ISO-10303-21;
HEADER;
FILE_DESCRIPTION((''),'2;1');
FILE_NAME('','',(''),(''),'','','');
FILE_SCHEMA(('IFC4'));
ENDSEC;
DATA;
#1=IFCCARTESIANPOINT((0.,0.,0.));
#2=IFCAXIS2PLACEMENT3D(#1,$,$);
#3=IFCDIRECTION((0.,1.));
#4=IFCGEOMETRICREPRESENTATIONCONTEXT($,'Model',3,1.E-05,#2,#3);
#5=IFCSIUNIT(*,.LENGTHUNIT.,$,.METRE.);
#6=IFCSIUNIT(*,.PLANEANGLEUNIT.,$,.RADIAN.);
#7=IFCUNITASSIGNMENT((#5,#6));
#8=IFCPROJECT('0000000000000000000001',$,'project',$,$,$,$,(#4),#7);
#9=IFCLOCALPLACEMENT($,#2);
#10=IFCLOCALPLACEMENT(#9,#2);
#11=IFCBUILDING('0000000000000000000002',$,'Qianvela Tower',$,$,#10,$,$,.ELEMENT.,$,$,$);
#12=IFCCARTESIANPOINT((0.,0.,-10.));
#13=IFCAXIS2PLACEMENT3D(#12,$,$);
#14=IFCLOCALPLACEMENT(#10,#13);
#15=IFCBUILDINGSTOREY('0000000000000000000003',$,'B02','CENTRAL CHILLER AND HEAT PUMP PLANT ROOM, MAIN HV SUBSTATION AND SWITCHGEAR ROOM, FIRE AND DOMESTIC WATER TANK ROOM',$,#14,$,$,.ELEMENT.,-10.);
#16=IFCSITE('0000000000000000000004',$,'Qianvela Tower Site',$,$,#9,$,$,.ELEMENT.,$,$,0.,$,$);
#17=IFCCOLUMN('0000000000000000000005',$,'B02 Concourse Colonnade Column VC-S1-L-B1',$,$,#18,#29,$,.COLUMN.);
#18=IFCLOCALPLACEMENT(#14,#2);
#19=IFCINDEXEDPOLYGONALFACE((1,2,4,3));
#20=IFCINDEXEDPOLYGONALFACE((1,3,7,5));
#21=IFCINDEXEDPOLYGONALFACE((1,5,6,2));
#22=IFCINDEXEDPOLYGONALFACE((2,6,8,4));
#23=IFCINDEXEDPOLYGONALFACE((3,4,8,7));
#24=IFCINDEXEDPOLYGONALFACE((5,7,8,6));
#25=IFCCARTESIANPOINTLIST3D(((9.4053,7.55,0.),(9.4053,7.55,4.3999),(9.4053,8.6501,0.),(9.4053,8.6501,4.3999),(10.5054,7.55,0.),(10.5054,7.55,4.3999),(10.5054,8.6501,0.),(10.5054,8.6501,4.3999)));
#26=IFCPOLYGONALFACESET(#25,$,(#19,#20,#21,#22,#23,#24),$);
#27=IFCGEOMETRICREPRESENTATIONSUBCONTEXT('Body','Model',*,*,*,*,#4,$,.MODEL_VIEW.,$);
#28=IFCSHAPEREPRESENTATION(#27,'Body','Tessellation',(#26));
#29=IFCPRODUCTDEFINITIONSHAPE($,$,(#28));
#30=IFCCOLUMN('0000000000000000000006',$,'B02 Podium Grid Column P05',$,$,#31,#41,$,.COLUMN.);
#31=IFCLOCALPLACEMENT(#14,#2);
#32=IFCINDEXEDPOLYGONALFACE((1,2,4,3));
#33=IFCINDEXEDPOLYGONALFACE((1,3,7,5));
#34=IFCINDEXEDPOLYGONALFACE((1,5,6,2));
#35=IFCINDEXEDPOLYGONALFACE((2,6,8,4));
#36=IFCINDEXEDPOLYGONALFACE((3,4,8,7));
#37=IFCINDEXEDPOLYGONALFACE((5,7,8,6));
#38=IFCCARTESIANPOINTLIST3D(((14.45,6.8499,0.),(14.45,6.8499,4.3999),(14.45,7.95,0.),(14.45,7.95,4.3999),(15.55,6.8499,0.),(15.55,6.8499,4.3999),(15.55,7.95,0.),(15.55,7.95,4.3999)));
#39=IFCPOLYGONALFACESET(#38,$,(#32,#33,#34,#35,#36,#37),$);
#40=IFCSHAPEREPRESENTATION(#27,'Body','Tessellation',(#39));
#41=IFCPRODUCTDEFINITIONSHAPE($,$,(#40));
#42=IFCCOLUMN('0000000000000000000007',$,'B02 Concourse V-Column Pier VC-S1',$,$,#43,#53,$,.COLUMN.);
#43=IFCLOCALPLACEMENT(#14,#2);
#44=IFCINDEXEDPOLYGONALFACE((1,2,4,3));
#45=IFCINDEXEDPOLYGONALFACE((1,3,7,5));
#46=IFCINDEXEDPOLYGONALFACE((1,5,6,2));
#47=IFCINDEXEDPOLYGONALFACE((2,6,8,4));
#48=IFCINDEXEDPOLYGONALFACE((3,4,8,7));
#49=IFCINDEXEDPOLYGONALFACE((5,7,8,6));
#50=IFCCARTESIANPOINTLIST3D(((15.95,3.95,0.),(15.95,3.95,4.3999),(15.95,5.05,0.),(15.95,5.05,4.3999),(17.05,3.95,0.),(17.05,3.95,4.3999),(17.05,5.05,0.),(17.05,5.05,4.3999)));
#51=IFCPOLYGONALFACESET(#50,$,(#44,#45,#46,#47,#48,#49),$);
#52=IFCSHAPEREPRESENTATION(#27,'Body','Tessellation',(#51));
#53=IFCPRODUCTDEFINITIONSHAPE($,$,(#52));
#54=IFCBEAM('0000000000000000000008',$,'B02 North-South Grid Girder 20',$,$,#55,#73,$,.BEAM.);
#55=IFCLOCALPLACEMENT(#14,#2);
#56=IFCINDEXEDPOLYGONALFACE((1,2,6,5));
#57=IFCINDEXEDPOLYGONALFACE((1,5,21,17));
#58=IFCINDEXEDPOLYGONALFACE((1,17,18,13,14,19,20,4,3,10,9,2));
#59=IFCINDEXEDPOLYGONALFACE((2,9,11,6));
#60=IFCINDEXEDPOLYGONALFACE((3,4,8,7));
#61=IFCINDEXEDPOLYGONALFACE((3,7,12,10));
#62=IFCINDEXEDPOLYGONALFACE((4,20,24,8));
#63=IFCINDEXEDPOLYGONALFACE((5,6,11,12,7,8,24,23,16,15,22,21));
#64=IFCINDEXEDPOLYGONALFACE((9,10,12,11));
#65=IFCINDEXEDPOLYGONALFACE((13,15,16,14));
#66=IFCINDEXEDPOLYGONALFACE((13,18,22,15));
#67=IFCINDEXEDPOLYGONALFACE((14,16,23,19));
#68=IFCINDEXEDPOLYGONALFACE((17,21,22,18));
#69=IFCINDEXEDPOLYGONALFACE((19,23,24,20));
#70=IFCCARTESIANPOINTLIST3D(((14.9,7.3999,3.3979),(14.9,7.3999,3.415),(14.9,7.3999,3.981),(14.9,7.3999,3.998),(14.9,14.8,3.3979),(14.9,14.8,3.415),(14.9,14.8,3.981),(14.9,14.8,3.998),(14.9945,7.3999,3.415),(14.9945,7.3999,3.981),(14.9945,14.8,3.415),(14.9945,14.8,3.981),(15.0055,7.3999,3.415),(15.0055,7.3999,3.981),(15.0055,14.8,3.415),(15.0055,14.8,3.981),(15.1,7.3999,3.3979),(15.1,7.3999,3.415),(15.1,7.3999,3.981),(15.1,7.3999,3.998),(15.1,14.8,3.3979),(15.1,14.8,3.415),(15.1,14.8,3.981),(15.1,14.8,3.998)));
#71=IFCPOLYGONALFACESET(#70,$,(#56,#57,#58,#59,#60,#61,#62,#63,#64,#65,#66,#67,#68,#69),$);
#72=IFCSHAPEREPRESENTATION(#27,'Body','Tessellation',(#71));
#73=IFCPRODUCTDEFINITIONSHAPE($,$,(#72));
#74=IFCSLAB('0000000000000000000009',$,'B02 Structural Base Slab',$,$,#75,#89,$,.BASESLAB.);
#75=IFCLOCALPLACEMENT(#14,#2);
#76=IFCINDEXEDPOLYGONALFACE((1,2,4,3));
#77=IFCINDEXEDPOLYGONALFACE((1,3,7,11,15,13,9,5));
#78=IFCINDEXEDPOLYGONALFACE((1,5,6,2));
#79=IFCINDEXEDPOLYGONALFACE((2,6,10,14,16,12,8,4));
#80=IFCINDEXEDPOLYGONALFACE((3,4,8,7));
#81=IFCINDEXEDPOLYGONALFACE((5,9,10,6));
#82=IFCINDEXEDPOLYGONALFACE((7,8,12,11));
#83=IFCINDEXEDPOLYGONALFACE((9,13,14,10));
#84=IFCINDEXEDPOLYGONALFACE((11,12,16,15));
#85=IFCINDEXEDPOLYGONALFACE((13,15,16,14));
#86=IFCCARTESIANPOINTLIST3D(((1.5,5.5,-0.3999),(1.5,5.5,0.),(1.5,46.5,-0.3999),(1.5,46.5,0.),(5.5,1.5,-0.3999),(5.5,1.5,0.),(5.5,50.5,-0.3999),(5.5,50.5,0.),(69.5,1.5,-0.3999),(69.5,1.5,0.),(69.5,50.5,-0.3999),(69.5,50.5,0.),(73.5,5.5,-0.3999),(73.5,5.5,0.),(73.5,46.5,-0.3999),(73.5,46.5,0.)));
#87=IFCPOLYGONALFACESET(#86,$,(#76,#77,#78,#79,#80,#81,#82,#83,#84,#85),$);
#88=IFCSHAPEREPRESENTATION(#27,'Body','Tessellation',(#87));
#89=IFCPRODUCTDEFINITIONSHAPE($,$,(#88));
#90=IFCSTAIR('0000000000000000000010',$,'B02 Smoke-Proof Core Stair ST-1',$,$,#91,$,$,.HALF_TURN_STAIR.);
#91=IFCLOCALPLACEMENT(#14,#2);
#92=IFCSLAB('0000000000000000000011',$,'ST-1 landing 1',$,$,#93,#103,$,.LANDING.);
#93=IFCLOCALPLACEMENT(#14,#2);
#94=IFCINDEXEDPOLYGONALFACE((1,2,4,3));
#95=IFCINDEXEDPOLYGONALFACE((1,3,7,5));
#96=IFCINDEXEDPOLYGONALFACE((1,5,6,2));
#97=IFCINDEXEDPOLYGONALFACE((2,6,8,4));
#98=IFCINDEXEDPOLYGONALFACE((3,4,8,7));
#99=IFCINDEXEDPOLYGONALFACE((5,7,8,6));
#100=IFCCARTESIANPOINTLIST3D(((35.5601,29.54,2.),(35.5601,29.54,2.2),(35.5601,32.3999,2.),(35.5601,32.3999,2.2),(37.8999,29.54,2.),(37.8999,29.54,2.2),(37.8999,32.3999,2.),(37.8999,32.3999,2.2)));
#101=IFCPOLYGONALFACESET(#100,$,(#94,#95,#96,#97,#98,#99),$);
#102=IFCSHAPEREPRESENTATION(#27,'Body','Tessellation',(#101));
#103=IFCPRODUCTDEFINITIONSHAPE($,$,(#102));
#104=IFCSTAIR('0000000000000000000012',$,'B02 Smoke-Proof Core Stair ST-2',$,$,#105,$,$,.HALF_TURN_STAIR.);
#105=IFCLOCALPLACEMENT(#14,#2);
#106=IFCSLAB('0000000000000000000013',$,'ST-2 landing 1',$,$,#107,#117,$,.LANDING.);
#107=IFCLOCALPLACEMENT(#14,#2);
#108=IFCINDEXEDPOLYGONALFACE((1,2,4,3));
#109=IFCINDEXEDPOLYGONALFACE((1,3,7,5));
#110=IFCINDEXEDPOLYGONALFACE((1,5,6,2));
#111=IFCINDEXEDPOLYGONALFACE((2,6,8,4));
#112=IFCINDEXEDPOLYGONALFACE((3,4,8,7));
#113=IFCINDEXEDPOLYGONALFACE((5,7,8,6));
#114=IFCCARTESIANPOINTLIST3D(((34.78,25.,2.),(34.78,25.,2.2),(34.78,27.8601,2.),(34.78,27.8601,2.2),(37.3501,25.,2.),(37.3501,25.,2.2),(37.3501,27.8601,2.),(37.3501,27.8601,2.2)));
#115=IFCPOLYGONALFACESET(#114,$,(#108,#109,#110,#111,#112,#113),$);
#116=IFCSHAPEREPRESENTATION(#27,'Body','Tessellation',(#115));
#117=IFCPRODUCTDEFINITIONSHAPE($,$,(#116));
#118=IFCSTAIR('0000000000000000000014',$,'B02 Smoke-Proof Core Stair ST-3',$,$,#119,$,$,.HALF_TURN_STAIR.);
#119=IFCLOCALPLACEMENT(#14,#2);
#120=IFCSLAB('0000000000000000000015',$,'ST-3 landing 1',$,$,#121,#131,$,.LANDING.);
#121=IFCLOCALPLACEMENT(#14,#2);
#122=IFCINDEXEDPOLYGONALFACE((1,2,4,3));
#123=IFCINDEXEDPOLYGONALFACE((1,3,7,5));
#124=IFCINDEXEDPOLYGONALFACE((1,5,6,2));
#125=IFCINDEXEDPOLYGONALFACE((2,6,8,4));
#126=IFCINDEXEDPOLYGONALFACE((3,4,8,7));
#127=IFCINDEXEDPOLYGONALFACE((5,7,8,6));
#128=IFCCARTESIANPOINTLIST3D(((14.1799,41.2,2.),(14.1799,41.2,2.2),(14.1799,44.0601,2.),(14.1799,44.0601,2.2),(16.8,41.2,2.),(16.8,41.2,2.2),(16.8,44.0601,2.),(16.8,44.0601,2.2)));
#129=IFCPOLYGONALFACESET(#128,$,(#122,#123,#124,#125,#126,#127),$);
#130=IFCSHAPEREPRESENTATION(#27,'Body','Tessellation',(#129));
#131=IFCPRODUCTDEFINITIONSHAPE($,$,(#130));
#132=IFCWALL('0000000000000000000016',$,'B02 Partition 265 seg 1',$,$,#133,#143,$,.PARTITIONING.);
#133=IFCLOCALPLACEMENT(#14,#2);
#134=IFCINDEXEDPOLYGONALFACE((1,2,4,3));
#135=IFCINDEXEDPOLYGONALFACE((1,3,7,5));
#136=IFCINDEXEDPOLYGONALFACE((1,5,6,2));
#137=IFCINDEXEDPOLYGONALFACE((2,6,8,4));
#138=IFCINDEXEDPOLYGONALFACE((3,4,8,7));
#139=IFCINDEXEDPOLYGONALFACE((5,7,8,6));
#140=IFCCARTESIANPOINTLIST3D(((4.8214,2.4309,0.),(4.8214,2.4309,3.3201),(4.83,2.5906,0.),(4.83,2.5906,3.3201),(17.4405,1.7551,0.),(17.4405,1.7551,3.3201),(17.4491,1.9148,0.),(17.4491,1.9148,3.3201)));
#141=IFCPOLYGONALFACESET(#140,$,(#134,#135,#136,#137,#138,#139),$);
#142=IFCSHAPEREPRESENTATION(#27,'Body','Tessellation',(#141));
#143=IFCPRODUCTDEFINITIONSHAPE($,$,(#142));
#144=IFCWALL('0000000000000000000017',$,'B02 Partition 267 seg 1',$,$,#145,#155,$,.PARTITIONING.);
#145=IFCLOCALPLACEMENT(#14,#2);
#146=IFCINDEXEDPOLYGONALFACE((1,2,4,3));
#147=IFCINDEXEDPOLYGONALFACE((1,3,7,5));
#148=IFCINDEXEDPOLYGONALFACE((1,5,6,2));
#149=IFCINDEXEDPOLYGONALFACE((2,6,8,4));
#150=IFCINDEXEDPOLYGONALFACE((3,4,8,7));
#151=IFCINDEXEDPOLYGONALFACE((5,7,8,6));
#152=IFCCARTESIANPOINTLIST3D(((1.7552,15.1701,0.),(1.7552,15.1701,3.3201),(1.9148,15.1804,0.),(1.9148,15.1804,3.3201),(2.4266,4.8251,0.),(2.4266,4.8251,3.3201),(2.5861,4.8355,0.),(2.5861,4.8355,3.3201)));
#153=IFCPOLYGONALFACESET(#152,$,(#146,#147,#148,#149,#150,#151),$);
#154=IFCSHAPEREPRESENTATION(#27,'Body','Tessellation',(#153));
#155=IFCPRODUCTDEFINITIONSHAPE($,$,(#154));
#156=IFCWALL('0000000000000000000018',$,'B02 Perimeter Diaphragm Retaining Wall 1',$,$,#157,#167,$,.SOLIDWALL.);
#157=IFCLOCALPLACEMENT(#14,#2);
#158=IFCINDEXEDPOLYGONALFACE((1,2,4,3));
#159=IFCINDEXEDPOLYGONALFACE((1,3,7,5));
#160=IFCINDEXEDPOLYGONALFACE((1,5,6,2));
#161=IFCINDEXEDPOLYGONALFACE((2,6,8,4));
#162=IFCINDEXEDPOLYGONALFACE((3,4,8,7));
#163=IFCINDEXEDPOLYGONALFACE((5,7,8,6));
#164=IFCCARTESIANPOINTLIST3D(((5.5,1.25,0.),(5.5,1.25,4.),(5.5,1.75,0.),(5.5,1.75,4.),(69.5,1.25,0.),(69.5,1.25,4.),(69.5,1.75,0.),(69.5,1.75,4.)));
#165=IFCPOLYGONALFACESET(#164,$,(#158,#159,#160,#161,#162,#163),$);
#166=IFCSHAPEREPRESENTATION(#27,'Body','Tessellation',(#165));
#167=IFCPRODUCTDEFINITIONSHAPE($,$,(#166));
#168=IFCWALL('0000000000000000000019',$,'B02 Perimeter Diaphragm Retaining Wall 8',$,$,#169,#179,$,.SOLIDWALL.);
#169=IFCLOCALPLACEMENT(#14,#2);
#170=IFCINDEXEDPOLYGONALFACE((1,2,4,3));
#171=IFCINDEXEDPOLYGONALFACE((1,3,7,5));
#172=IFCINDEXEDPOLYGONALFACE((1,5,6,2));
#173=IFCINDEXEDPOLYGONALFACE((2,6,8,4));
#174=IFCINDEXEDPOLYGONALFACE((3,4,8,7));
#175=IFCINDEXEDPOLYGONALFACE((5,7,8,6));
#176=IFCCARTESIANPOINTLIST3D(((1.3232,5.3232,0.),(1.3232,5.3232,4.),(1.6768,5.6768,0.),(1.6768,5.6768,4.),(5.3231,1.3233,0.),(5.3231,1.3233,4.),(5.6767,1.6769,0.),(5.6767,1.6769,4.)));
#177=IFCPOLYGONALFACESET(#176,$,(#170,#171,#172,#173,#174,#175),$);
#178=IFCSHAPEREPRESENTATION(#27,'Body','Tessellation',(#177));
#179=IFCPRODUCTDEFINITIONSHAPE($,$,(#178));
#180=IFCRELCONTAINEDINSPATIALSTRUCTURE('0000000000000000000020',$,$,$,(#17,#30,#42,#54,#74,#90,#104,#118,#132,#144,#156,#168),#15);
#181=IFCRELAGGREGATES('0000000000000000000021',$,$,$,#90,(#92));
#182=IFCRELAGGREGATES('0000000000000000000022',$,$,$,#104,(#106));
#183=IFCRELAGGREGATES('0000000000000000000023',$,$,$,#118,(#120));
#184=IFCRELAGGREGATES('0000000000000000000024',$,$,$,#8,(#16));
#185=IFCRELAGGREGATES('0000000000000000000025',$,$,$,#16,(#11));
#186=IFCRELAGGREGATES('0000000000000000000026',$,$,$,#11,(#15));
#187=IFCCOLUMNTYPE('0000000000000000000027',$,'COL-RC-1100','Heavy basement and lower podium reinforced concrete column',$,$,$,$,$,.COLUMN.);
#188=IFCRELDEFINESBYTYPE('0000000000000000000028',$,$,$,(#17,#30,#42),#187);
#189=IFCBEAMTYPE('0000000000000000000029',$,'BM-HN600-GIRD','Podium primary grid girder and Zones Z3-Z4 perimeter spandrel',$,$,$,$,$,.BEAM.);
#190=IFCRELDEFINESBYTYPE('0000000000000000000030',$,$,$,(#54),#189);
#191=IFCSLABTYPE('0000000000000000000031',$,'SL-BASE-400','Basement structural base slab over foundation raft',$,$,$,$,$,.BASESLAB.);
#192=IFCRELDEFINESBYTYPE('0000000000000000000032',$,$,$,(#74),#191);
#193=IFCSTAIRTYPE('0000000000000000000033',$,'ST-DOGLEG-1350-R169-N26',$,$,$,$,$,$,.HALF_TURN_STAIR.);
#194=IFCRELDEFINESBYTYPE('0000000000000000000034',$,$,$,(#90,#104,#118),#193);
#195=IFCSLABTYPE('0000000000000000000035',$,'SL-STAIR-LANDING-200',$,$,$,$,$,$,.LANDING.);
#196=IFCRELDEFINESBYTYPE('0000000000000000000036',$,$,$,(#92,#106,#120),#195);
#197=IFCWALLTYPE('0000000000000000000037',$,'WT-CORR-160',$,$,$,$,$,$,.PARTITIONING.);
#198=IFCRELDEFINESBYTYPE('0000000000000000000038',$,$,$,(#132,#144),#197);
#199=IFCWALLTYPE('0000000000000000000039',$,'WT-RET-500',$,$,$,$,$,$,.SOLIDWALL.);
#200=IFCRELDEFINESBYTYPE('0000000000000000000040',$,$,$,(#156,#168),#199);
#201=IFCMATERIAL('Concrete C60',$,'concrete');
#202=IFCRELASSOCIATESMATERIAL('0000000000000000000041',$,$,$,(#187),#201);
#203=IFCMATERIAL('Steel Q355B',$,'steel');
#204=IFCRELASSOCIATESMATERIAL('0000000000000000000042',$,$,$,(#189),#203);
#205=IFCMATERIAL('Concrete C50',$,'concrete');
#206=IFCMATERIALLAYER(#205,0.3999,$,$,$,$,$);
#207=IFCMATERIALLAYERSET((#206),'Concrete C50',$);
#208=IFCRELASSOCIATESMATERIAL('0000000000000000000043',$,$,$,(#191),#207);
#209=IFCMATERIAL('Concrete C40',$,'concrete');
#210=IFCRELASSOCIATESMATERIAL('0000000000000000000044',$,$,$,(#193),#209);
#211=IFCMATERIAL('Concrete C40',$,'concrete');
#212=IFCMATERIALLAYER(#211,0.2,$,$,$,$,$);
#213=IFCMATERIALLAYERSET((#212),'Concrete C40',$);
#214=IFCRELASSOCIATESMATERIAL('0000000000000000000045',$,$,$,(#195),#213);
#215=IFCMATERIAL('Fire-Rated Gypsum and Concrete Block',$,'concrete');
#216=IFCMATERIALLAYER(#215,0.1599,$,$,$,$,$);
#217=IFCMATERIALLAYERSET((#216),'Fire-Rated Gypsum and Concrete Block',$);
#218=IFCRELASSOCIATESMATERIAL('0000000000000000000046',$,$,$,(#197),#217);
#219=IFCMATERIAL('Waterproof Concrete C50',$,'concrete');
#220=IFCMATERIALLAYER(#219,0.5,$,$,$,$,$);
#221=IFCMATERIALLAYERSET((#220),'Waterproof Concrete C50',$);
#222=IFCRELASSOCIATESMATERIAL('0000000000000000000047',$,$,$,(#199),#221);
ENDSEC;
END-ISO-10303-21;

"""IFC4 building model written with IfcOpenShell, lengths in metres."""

from ifc_helpers import new_model, si_unit, direction, frame, frame_2d, origin, origin_2d, place, context, subcontext, project, spatial, polyline, rectangle, i_section, outline, extrude, material, layer, layer_set, material_profile, profile_set, type_object, element, aggregate, save


model = new_model("IFC4")

# Units and contexts
model_context = context("Model", 3, precision=1e-05, world=origin(), true_north=direction((0.0, 1.0)))
body_context = subcontext(model_context, "Body", "Model", "MODEL_VIEW")
ifc_project = project(units=[si_unit("LENGTHUNIT", "METRE"), si_unit("PLANEANGLEUNIT", "RADIAN")], contexts=[model_context])

# Site, building, storey
site_placement = place(None, origin())
site = spatial("IfcSite", under=ifc_project, at=site_placement, Name="Qianvela Tower Site", CompositionType="ELEMENT", RefElevation=0.0)
building_placement = place(site_placement, origin())
building = spatial("IfcBuilding", under=site, at=building_placement, Name="Qianvela Tower", CompositionType="ELEMENT")
storey_placement = place(building_placement, frame((0.0, 0.0, -10.0)))
storey = spatial("IfcBuildingStorey", under=building, at=storey_placement, Name="B02", Description="CENTRAL CHILLER AND HEAT PUMP PLANT ROOM, MAIN HV SUBSTATION AND SWITCHGEAR ROOM, FIRE AND DOMESTIC WATER TANK ROOM", CompositionType="ELEMENT", Elevation=-10.0)

# Columns
ifc_material_1 = material(Name="Concrete C60", Category="concrete")
ifc_material_profile_1 = material_profile(ifc_material_1, rectangle(XDim=1.1001, YDim=1.1001, at=origin_2d()), Name="RC-COL-1100x1100")
ifc_profile_set_1 = profile_set([ifc_material_profile_1], Name="Concrete C60")
column_type = type_object("IfcColumnType", Name="COL-RC-1100", Description="Heavy basement and lower podium reinforced concrete column", PredefinedType="COLUMN", material=ifc_profile_set_1)
for number, where, z_axis, x_axis, name in (
    (1, (9.9553, 8.1001, 0.0), (0.0, 0.0, 1.0), (1.0, 0.0, 0.0), "B02 Concourse Colonnade Column VC-S1-L-B1"),
    (2, (15.0, 7.3999, 0.0), (0.0, 0.0, 1.0), (1.0, 0.0, 0.0), "B02 Podium Grid Column P05"),
    (3, (16.5, 4.5, 0.0), (0.0, 0.0, 1.0), (1.0, 0.0, 0.0), "B02 Concourse V-Column Pier VC-S1"),
):
    element("IfcColumn", number, at=place(storey_placement, frame(where, z_axis=z_axis, x_axis=x_axis)), inside=storey, type_object=column_type, Name=name, PredefinedType="COLUMN", context=body_context, shape_type="SweptSolid", body=[
        extrude(rectangle(XDim=1.1001, YDim=1.1001, at=origin_2d()), origin(), (0.0, 0.0, 1.0), 4.3999),
    ])

# Beam
ifc_material_2 = material(Name="Steel Q355B", Category="steel")
ifc_material_profile_2 = material_profile(ifc_material_2, i_section(OverallWidth=0.2, OverallDepth=0.6001, WebThickness=0.011, FlangeThickness=0.0171, at=origin_2d()), Name="HN600x200x11x17")
ifc_profile_set_2 = profile_set([ifc_material_profile_2], Name="Steel Q355B")
beam_type = type_object("IfcBeamType", Name="BM-HN600-GIRD", Description="Podium primary grid girder and Zones Z3-Z4 perimeter spandrel", PredefinedType="BEAM", material=ifc_profile_set_2)
beam_placement = place(storey_placement, frame((15.0, 7.3999, 3.698), z_axis=(0.0, 1.0, 0.0), x_axis=(-1.0, 0.0, 0.0)))
element("IfcBeam", 4, at=beam_placement, inside=storey, type_object=beam_type, Name="B02 North-South Grid Girder 20", PredefinedType="BEAM", context=body_context, shape_type="SweptSolid", body=[
    extrude(i_section(OverallWidth=0.2, OverallDepth=0.6001, WebThickness=0.011, FlangeThickness=0.0171, at=origin_2d()), origin(), (0.0, 0.0, 1.0), 7.4001),
])

# Slab
ifc_material_3 = material(Name="Concrete C50", Category="concrete")
ifc_layer_1 = layer(ifc_material_3, 0.3999)
ifc_layer_set_1 = layer_set([ifc_layer_1], Name="Concrete C50")
slab_type_1 = type_object("IfcSlabType", Name="SL-BASE-400", Description="Basement structural base slab over foundation raft", PredefinedType="BASESLAB", material=ifc_layer_set_1)
slab_1_placement = place(storey_placement, frame((0.0, 0.0, -0.3999)))
element("IfcSlab", 5, at=slab_1_placement, inside=storey, type_object=slab_type_1, Name="B02 Structural Base Slab", PredefinedType="BASESLAB", context=body_context, shape_type="SweptSolid", body=[
    extrude(outline(polyline([(5.5, 1.5), (69.5, 1.5), (73.5, 5.5), (73.5, 46.5), (69.5, 50.5), (5.5, 50.5), (1.5, 46.5), (1.5, 5.5), (5.5, 1.5)])), origin(), (0.0, 0.0, 1.0), 0.3999),
])

# Stairs, slabs
ifc_material_4 = material(Name="Concrete C40", Category="concrete")
stair_type = type_object("IfcStairType", Name="ST-DOGLEG-1350-R169-N26", PredefinedType="HALF_TURN_STAIR", material=ifc_material_4)
stair_1_placement = place(storey_placement, origin())
stair_1 = element("IfcStair", 6, at=stair_1_placement, inside=storey, type_object=stair_type, Name="B02 Smoke-Proof Core Stair ST-1", PredefinedType="HALF_TURN_STAIR")
ifc_material_5 = material(Name="Concrete C40", Category="concrete")
ifc_layer_2 = layer(ifc_material_5, 0.2)
ifc_layer_set_2 = layer_set([ifc_layer_2], Name="Concrete C40")
slab_type_2 = type_object("IfcSlabType", Name="SL-STAIR-LANDING-200", PredefinedType="LANDING", material=ifc_layer_set_2)
slab_2_placement = place(storey_placement, frame((0.0, 0.0, 2.0)))
slab_2 = element("IfcSlab", 7, at=slab_2_placement, type_object=slab_type_2, Name="ST-1 landing 1", PredefinedType="LANDING", context=body_context, shape_type="SweptSolid", body=[
    extrude(outline(polyline([(35.5601, 29.54), (37.8999, 29.54), (37.8999, 32.3999), (35.5601, 32.3999), (35.5601, 29.54)])), origin(), (0.0, 0.0, 1.0), 0.2),
])
aggregate(stair_1, [slab_2])
stair_2_placement = place(storey_placement, origin())
stair_2 = element("IfcStair", 8, at=stair_2_placement, inside=storey, type_object=stair_type, Name="B02 Smoke-Proof Core Stair ST-2", PredefinedType="HALF_TURN_STAIR")
slab_3_placement = place(storey_placement, frame((0.0, 0.0, 2.0)))
slab_3 = element("IfcSlab", 9, at=slab_3_placement, type_object=slab_type_2, Name="ST-2 landing 1", PredefinedType="LANDING", context=body_context, shape_type="SweptSolid", body=[
    extrude(outline(polyline([(34.78, 25.0), (37.3501, 25.0), (37.3501, 27.8601), (34.78, 27.8601), (34.78, 25.0)])), origin(), (0.0, 0.0, 1.0), 0.2),
])
aggregate(stair_2, [slab_3])
stair_3_placement = place(storey_placement, origin())
stair_3 = element("IfcStair", 10, at=stair_3_placement, inside=storey, type_object=stair_type, Name="B02 Smoke-Proof Core Stair ST-3", PredefinedType="HALF_TURN_STAIR")
slab_4_placement = place(storey_placement, frame((0.0, 0.0, 2.0)))
slab_4 = element("IfcSlab", 11, at=slab_4_placement, type_object=slab_type_2, Name="ST-3 landing 1", PredefinedType="LANDING", context=body_context, shape_type="SweptSolid", body=[
    extrude(outline(polyline([(14.1799, 41.2), (16.8, 41.2), (16.8, 44.0601), (14.1799, 44.0601), (14.1799, 41.2)])), origin(), (0.0, 0.0, 1.0), 0.2),
])
aggregate(stair_3, [slab_4])

# Walls
ifc_material_6 = material(Name="Fire-Rated Gypsum and Concrete Block", Category="concrete")
ifc_layer_3 = layer(ifc_material_6, 0.1599)
ifc_layer_set_3 = layer_set([ifc_layer_3], Name="Fire-Rated Gypsum and Concrete Block")
wall_type_1 = type_object("IfcWallType", Name="WT-CORR-160", PredefinedType="PARTITIONING", material=ifc_layer_set_3)
wall_1_placement = place(storey_placement, frame((17.4448, 1.835, 0.0), z_axis=(0.0, 0.0, 1.0), x_axis=(-0.998569, 0.053475, 0.0)))
element("IfcWall", 12, at=wall_1_placement, inside=storey, type_object=wall_type_1, Name="B02 Partition 265 seg 1", PredefinedType="PARTITIONING", context=body_context, shape_type="SweptSolid", body=[
    extrude(rectangle(XDim=12.6372, YDim=0.1599, at=frame_2d((6.3186, 0.0))), origin(), (0.0, 0.0, 1.0), 3.3201),
])
wall_2_placement = place(storey_placement, frame((2.5063, 4.8303, 0.0), z_axis=(0.0, 0.0, 1.0), x_axis=(-0.064764, 0.997901, 0.0)))
element("IfcWall", 13, at=wall_2_placement, inside=storey, type_object=wall_type_1, Name="B02 Partition 267 seg 1", PredefinedType="PARTITIONING", context=body_context, shape_type="SweptSolid", body=[
    extrude(rectangle(XDim=10.3667, YDim=0.1599, at=frame_2d((5.1833, 0.0))), origin(), (0.0, 0.0, 1.0), 3.3201),
])
ifc_material_7 = material(Name="Waterproof Concrete C50", Category="concrete")
ifc_layer_4 = layer(ifc_material_7, 0.5)
ifc_layer_set_4 = layer_set([ifc_layer_4], Name="Waterproof Concrete C50")
wall_type_2 = type_object("IfcWallType", Name="WT-RET-500", PredefinedType="SOLIDWALL", material=ifc_layer_set_4)
wall_3_placement = place(storey_placement, frame((5.5, 1.5, 0.0), z_axis=(0.0, 0.0, 1.0), x_axis=(1.0, 0.0, 0.0)))
element("IfcWall", 14, at=wall_3_placement, inside=storey, type_object=wall_type_2, Name="B02 Perimeter Diaphragm Retaining Wall 1", PredefinedType="SOLIDWALL", context=body_context, shape_type="SweptSolid", body=[
    extrude(rectangle(XDim=64.0, YDim=0.5, at=frame_2d((32.0, 0.0))), origin(), (0.0, 0.0, 1.0), 4.0),
])
wall_4_placement = place(storey_placement, frame((1.5, 5.5, 0.0), z_axis=(0.0, 0.0, 1.0), x_axis=(0.707107, -0.707107, 0.0)))
element("IfcWall", 15, at=wall_4_placement, inside=storey, type_object=wall_type_2, Name="B02 Perimeter Diaphragm Retaining Wall 8", PredefinedType="SOLIDWALL", context=body_context, shape_type="SweptSolid", body=[
    extrude(rectangle(XDim=5.6567, YDim=0.5, at=frame_2d((2.8284, 0.0))), origin(), (0.0, 0.0, 1.0), 4.0),
])

save(model, "model.ifc")
